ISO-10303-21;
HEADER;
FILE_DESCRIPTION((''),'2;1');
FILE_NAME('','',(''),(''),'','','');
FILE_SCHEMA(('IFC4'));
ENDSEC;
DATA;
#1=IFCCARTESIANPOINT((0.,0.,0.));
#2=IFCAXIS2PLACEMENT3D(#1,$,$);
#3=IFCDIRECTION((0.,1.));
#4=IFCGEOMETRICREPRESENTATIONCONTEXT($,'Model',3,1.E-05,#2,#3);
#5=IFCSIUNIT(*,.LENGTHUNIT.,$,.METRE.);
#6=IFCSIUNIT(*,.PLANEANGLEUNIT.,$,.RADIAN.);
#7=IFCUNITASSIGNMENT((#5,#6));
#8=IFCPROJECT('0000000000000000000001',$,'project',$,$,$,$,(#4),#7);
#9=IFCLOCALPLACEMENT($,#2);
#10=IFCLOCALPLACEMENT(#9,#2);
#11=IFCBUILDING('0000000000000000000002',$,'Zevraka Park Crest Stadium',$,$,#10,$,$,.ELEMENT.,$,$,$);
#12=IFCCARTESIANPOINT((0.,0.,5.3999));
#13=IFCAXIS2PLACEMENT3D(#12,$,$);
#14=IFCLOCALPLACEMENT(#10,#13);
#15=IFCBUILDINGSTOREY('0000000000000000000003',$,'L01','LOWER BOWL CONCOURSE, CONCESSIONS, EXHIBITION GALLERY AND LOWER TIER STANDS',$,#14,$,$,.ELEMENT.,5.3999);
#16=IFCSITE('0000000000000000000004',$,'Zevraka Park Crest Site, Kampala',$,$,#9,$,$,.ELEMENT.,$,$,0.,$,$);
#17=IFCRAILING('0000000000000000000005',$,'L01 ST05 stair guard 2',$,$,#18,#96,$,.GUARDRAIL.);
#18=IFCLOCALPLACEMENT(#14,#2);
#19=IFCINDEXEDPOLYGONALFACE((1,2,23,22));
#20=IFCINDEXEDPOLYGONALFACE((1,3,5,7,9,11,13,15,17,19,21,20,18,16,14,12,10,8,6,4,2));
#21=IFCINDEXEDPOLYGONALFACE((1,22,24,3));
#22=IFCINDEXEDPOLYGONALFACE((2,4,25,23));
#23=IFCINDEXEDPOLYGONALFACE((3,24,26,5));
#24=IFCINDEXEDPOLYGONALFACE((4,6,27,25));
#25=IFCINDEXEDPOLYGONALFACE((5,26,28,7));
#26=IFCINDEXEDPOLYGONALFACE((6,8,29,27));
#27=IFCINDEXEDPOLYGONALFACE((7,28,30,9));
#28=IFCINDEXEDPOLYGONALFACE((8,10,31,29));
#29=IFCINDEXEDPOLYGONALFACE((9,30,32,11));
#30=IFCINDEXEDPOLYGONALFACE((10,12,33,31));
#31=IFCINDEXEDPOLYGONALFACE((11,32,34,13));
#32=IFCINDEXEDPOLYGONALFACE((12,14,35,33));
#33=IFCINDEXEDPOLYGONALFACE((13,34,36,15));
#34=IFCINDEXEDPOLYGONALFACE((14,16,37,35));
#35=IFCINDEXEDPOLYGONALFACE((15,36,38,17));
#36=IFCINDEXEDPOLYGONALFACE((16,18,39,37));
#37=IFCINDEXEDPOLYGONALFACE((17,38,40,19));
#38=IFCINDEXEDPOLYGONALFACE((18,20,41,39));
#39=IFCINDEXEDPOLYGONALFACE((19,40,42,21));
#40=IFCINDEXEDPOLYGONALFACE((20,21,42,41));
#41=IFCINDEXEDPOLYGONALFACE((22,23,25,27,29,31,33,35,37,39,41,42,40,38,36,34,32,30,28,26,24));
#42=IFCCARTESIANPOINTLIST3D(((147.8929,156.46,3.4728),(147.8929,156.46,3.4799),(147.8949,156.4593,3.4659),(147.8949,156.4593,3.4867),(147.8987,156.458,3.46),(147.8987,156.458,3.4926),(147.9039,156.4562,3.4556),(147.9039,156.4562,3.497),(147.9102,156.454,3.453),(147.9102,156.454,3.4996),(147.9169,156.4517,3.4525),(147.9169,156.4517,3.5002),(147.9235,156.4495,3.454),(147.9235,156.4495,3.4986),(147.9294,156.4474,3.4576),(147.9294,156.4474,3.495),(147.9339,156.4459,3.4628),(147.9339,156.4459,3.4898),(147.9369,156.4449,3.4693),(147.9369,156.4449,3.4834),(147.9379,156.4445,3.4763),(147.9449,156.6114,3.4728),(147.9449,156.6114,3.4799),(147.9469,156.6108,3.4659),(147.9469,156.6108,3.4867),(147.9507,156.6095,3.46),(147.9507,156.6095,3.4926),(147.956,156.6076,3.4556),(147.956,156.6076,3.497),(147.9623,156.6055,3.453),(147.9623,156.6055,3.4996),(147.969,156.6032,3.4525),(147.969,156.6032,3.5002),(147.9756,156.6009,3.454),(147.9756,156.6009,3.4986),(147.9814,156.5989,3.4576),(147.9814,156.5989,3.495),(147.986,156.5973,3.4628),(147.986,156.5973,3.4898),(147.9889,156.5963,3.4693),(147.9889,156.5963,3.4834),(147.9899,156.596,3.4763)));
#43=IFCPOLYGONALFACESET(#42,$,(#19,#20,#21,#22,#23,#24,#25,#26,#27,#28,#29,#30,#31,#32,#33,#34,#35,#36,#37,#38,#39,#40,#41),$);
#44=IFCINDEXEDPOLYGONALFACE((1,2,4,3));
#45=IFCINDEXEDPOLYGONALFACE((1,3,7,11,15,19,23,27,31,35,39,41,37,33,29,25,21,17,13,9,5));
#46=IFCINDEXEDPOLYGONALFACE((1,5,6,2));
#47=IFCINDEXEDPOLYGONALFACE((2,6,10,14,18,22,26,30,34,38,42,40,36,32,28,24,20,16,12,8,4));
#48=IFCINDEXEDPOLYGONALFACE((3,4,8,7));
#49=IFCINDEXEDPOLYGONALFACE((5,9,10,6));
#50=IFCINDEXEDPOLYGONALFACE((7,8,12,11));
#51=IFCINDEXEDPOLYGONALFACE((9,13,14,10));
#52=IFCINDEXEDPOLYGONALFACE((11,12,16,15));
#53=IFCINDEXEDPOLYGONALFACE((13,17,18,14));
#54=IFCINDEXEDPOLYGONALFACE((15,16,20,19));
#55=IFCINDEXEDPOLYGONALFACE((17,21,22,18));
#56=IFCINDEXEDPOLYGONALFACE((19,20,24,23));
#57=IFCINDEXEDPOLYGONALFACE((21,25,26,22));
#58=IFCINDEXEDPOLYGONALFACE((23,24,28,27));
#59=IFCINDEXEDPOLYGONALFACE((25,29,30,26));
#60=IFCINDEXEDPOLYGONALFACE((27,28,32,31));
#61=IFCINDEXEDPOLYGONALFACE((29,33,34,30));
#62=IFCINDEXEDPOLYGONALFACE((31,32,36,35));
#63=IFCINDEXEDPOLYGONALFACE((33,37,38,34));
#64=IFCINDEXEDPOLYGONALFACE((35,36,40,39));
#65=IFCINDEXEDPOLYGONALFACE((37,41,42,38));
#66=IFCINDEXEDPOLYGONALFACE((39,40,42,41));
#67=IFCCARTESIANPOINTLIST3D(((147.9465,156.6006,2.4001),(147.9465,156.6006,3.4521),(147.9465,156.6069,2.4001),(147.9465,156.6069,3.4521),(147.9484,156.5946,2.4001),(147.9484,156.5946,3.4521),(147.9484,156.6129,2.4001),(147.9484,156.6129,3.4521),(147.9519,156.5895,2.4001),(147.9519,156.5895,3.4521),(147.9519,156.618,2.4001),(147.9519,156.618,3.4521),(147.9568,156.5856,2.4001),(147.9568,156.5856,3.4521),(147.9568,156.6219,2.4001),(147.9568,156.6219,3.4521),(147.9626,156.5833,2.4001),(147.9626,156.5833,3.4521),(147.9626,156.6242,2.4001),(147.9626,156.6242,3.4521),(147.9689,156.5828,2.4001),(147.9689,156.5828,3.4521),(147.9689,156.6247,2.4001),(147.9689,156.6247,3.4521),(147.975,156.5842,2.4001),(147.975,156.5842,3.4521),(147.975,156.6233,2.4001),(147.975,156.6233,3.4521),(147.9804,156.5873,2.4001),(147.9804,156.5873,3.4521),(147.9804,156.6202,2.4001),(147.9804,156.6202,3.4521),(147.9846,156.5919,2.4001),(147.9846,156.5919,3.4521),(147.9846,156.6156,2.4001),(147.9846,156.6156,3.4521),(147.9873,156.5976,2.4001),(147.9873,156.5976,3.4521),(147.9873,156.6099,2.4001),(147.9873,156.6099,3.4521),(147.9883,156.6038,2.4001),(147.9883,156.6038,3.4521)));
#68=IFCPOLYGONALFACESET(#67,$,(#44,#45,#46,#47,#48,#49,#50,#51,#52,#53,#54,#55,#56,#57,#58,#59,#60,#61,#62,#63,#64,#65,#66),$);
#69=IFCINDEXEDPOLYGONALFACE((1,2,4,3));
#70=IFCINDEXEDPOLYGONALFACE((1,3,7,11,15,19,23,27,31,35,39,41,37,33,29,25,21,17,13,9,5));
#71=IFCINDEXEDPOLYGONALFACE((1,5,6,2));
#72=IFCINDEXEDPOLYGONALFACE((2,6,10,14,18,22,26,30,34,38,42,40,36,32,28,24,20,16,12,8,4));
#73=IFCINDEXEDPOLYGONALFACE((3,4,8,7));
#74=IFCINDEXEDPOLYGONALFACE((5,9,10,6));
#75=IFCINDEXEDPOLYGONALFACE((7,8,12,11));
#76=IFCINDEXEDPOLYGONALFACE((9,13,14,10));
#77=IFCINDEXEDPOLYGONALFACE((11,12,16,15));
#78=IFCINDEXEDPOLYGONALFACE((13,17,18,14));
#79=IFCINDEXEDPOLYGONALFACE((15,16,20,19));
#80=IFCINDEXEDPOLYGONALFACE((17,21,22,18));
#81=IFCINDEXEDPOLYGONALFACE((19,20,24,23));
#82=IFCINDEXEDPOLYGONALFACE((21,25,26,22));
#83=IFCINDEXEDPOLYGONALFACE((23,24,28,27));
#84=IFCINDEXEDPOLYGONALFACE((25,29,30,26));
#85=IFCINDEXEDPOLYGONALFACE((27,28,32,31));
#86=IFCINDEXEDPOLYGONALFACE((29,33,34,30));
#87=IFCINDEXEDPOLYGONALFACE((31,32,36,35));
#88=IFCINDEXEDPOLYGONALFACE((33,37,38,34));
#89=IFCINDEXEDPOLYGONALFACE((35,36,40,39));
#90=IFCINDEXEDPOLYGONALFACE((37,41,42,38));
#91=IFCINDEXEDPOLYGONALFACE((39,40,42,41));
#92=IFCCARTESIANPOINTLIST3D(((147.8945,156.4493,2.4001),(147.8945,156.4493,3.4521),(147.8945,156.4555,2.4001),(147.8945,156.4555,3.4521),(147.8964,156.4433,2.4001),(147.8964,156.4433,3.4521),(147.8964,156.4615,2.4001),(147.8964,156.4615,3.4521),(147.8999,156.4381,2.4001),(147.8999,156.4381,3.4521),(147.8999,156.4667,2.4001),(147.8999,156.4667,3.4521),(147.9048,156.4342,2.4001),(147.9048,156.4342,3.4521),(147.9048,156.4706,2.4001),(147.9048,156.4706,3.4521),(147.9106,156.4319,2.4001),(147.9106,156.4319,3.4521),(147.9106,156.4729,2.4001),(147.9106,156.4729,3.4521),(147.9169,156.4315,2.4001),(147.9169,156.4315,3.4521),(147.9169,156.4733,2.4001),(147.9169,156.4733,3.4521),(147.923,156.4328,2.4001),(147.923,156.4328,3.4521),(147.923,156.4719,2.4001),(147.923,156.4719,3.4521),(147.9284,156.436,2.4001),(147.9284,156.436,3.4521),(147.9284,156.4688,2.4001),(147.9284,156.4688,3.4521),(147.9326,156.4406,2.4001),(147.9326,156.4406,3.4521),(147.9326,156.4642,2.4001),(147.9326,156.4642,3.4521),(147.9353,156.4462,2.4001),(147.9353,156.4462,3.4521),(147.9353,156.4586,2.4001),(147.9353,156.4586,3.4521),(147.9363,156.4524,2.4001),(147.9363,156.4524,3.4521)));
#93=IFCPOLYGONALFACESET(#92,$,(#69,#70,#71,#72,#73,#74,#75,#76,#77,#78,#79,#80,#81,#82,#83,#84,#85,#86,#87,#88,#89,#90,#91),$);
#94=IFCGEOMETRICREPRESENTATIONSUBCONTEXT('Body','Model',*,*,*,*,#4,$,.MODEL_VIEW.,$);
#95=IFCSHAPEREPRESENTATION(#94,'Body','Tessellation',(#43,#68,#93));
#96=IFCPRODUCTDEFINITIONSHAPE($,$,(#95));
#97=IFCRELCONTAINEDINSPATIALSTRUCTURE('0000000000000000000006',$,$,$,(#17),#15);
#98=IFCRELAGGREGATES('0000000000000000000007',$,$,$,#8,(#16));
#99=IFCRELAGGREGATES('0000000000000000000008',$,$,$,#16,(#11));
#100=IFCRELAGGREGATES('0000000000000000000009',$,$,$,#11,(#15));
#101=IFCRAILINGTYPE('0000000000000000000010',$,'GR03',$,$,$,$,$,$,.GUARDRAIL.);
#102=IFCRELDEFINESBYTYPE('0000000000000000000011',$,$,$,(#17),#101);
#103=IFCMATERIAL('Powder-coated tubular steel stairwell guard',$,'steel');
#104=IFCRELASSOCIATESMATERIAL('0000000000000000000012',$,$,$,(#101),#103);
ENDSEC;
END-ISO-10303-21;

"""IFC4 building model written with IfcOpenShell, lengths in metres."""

from ifc_helpers import new_model, si_unit, direction, frame, origin, origin_2d, place, context, subcontext, project, spatial, circle, extrude, material, type_object, element, save


model = new_model("IFC4")

# Units and contexts
model_context = context("Model", 3, precision=1e-05, world=origin(), true_north=direction((0.0, 1.0)))
body_context = subcontext(model_context, "Body", "Model", "MODEL_VIEW")
ifc_project = project(units=[si_unit("LENGTHUNIT", "METRE"), si_unit("PLANEANGLEUNIT", "RADIAN")], contexts=[model_context])

# Site, building, storey
site_placement = place(None, origin())
site = spatial("IfcSite", under=ifc_project, at=site_placement, Name="Zevraka Park Crest Site, Kampala", CompositionType="ELEMENT", RefElevation=0.0)
building_placement = place(site_placement, origin())
building = spatial("IfcBuilding", under=site, at=building_placement, Name="Zevraka Park Crest Stadium", CompositionType="ELEMENT")
storey_placement = place(building_placement, frame((0.0, 0.0, 5.3999)))
storey = spatial("IfcBuildingStorey", under=building, at=storey_placement, Name="L01", Description="LOWER BOWL CONCOURSE, CONCESSIONS, EXHIBITION GALLERY AND LOWER TIER STANDS", CompositionType="ELEMENT", Elevation=5.3999)

# Railing
ifc_material_1 = material(Name="Powder-coated tubular steel stairwell guard", Category="steel")
railing_type_1 = type_object("IfcRailingType", Name="GR03", PredefinedType="GUARDRAIL", material=ifc_material_1)
railing_1_placement = place(storey_placement, frame((147.9673, 156.6038, 2.4001)))
element("IfcRailing", 1, at=railing_1_placement, inside=storey, type_object=railing_type_1, Name="L01 ST05 stair guard 2", PredefinedType="GUARDRAIL", context=body_context, shape_type="SweptSolid", body=[
    extrude(circle(Radius=0.0239, at=origin_2d()), frame((0.0, 0.0, 1.0762), z_axis=(-0.324909, -0.945745, 0.0), x_axis=(0.945745, -0.324909, 0.0)), (0.0, 0.0, 1.0), 0.1602),
    extrude(circle(Radius=0.021, at=origin_2d()), origin(), (0.0, 0.0, 1.0), 1.052),
    extrude(circle(Radius=0.021, at=origin_2d()), frame((-0.052, -0.1514, 0.0)), (0.0, 0.0, 1.0), 1.052),
])

save(model, "model.ifc")
